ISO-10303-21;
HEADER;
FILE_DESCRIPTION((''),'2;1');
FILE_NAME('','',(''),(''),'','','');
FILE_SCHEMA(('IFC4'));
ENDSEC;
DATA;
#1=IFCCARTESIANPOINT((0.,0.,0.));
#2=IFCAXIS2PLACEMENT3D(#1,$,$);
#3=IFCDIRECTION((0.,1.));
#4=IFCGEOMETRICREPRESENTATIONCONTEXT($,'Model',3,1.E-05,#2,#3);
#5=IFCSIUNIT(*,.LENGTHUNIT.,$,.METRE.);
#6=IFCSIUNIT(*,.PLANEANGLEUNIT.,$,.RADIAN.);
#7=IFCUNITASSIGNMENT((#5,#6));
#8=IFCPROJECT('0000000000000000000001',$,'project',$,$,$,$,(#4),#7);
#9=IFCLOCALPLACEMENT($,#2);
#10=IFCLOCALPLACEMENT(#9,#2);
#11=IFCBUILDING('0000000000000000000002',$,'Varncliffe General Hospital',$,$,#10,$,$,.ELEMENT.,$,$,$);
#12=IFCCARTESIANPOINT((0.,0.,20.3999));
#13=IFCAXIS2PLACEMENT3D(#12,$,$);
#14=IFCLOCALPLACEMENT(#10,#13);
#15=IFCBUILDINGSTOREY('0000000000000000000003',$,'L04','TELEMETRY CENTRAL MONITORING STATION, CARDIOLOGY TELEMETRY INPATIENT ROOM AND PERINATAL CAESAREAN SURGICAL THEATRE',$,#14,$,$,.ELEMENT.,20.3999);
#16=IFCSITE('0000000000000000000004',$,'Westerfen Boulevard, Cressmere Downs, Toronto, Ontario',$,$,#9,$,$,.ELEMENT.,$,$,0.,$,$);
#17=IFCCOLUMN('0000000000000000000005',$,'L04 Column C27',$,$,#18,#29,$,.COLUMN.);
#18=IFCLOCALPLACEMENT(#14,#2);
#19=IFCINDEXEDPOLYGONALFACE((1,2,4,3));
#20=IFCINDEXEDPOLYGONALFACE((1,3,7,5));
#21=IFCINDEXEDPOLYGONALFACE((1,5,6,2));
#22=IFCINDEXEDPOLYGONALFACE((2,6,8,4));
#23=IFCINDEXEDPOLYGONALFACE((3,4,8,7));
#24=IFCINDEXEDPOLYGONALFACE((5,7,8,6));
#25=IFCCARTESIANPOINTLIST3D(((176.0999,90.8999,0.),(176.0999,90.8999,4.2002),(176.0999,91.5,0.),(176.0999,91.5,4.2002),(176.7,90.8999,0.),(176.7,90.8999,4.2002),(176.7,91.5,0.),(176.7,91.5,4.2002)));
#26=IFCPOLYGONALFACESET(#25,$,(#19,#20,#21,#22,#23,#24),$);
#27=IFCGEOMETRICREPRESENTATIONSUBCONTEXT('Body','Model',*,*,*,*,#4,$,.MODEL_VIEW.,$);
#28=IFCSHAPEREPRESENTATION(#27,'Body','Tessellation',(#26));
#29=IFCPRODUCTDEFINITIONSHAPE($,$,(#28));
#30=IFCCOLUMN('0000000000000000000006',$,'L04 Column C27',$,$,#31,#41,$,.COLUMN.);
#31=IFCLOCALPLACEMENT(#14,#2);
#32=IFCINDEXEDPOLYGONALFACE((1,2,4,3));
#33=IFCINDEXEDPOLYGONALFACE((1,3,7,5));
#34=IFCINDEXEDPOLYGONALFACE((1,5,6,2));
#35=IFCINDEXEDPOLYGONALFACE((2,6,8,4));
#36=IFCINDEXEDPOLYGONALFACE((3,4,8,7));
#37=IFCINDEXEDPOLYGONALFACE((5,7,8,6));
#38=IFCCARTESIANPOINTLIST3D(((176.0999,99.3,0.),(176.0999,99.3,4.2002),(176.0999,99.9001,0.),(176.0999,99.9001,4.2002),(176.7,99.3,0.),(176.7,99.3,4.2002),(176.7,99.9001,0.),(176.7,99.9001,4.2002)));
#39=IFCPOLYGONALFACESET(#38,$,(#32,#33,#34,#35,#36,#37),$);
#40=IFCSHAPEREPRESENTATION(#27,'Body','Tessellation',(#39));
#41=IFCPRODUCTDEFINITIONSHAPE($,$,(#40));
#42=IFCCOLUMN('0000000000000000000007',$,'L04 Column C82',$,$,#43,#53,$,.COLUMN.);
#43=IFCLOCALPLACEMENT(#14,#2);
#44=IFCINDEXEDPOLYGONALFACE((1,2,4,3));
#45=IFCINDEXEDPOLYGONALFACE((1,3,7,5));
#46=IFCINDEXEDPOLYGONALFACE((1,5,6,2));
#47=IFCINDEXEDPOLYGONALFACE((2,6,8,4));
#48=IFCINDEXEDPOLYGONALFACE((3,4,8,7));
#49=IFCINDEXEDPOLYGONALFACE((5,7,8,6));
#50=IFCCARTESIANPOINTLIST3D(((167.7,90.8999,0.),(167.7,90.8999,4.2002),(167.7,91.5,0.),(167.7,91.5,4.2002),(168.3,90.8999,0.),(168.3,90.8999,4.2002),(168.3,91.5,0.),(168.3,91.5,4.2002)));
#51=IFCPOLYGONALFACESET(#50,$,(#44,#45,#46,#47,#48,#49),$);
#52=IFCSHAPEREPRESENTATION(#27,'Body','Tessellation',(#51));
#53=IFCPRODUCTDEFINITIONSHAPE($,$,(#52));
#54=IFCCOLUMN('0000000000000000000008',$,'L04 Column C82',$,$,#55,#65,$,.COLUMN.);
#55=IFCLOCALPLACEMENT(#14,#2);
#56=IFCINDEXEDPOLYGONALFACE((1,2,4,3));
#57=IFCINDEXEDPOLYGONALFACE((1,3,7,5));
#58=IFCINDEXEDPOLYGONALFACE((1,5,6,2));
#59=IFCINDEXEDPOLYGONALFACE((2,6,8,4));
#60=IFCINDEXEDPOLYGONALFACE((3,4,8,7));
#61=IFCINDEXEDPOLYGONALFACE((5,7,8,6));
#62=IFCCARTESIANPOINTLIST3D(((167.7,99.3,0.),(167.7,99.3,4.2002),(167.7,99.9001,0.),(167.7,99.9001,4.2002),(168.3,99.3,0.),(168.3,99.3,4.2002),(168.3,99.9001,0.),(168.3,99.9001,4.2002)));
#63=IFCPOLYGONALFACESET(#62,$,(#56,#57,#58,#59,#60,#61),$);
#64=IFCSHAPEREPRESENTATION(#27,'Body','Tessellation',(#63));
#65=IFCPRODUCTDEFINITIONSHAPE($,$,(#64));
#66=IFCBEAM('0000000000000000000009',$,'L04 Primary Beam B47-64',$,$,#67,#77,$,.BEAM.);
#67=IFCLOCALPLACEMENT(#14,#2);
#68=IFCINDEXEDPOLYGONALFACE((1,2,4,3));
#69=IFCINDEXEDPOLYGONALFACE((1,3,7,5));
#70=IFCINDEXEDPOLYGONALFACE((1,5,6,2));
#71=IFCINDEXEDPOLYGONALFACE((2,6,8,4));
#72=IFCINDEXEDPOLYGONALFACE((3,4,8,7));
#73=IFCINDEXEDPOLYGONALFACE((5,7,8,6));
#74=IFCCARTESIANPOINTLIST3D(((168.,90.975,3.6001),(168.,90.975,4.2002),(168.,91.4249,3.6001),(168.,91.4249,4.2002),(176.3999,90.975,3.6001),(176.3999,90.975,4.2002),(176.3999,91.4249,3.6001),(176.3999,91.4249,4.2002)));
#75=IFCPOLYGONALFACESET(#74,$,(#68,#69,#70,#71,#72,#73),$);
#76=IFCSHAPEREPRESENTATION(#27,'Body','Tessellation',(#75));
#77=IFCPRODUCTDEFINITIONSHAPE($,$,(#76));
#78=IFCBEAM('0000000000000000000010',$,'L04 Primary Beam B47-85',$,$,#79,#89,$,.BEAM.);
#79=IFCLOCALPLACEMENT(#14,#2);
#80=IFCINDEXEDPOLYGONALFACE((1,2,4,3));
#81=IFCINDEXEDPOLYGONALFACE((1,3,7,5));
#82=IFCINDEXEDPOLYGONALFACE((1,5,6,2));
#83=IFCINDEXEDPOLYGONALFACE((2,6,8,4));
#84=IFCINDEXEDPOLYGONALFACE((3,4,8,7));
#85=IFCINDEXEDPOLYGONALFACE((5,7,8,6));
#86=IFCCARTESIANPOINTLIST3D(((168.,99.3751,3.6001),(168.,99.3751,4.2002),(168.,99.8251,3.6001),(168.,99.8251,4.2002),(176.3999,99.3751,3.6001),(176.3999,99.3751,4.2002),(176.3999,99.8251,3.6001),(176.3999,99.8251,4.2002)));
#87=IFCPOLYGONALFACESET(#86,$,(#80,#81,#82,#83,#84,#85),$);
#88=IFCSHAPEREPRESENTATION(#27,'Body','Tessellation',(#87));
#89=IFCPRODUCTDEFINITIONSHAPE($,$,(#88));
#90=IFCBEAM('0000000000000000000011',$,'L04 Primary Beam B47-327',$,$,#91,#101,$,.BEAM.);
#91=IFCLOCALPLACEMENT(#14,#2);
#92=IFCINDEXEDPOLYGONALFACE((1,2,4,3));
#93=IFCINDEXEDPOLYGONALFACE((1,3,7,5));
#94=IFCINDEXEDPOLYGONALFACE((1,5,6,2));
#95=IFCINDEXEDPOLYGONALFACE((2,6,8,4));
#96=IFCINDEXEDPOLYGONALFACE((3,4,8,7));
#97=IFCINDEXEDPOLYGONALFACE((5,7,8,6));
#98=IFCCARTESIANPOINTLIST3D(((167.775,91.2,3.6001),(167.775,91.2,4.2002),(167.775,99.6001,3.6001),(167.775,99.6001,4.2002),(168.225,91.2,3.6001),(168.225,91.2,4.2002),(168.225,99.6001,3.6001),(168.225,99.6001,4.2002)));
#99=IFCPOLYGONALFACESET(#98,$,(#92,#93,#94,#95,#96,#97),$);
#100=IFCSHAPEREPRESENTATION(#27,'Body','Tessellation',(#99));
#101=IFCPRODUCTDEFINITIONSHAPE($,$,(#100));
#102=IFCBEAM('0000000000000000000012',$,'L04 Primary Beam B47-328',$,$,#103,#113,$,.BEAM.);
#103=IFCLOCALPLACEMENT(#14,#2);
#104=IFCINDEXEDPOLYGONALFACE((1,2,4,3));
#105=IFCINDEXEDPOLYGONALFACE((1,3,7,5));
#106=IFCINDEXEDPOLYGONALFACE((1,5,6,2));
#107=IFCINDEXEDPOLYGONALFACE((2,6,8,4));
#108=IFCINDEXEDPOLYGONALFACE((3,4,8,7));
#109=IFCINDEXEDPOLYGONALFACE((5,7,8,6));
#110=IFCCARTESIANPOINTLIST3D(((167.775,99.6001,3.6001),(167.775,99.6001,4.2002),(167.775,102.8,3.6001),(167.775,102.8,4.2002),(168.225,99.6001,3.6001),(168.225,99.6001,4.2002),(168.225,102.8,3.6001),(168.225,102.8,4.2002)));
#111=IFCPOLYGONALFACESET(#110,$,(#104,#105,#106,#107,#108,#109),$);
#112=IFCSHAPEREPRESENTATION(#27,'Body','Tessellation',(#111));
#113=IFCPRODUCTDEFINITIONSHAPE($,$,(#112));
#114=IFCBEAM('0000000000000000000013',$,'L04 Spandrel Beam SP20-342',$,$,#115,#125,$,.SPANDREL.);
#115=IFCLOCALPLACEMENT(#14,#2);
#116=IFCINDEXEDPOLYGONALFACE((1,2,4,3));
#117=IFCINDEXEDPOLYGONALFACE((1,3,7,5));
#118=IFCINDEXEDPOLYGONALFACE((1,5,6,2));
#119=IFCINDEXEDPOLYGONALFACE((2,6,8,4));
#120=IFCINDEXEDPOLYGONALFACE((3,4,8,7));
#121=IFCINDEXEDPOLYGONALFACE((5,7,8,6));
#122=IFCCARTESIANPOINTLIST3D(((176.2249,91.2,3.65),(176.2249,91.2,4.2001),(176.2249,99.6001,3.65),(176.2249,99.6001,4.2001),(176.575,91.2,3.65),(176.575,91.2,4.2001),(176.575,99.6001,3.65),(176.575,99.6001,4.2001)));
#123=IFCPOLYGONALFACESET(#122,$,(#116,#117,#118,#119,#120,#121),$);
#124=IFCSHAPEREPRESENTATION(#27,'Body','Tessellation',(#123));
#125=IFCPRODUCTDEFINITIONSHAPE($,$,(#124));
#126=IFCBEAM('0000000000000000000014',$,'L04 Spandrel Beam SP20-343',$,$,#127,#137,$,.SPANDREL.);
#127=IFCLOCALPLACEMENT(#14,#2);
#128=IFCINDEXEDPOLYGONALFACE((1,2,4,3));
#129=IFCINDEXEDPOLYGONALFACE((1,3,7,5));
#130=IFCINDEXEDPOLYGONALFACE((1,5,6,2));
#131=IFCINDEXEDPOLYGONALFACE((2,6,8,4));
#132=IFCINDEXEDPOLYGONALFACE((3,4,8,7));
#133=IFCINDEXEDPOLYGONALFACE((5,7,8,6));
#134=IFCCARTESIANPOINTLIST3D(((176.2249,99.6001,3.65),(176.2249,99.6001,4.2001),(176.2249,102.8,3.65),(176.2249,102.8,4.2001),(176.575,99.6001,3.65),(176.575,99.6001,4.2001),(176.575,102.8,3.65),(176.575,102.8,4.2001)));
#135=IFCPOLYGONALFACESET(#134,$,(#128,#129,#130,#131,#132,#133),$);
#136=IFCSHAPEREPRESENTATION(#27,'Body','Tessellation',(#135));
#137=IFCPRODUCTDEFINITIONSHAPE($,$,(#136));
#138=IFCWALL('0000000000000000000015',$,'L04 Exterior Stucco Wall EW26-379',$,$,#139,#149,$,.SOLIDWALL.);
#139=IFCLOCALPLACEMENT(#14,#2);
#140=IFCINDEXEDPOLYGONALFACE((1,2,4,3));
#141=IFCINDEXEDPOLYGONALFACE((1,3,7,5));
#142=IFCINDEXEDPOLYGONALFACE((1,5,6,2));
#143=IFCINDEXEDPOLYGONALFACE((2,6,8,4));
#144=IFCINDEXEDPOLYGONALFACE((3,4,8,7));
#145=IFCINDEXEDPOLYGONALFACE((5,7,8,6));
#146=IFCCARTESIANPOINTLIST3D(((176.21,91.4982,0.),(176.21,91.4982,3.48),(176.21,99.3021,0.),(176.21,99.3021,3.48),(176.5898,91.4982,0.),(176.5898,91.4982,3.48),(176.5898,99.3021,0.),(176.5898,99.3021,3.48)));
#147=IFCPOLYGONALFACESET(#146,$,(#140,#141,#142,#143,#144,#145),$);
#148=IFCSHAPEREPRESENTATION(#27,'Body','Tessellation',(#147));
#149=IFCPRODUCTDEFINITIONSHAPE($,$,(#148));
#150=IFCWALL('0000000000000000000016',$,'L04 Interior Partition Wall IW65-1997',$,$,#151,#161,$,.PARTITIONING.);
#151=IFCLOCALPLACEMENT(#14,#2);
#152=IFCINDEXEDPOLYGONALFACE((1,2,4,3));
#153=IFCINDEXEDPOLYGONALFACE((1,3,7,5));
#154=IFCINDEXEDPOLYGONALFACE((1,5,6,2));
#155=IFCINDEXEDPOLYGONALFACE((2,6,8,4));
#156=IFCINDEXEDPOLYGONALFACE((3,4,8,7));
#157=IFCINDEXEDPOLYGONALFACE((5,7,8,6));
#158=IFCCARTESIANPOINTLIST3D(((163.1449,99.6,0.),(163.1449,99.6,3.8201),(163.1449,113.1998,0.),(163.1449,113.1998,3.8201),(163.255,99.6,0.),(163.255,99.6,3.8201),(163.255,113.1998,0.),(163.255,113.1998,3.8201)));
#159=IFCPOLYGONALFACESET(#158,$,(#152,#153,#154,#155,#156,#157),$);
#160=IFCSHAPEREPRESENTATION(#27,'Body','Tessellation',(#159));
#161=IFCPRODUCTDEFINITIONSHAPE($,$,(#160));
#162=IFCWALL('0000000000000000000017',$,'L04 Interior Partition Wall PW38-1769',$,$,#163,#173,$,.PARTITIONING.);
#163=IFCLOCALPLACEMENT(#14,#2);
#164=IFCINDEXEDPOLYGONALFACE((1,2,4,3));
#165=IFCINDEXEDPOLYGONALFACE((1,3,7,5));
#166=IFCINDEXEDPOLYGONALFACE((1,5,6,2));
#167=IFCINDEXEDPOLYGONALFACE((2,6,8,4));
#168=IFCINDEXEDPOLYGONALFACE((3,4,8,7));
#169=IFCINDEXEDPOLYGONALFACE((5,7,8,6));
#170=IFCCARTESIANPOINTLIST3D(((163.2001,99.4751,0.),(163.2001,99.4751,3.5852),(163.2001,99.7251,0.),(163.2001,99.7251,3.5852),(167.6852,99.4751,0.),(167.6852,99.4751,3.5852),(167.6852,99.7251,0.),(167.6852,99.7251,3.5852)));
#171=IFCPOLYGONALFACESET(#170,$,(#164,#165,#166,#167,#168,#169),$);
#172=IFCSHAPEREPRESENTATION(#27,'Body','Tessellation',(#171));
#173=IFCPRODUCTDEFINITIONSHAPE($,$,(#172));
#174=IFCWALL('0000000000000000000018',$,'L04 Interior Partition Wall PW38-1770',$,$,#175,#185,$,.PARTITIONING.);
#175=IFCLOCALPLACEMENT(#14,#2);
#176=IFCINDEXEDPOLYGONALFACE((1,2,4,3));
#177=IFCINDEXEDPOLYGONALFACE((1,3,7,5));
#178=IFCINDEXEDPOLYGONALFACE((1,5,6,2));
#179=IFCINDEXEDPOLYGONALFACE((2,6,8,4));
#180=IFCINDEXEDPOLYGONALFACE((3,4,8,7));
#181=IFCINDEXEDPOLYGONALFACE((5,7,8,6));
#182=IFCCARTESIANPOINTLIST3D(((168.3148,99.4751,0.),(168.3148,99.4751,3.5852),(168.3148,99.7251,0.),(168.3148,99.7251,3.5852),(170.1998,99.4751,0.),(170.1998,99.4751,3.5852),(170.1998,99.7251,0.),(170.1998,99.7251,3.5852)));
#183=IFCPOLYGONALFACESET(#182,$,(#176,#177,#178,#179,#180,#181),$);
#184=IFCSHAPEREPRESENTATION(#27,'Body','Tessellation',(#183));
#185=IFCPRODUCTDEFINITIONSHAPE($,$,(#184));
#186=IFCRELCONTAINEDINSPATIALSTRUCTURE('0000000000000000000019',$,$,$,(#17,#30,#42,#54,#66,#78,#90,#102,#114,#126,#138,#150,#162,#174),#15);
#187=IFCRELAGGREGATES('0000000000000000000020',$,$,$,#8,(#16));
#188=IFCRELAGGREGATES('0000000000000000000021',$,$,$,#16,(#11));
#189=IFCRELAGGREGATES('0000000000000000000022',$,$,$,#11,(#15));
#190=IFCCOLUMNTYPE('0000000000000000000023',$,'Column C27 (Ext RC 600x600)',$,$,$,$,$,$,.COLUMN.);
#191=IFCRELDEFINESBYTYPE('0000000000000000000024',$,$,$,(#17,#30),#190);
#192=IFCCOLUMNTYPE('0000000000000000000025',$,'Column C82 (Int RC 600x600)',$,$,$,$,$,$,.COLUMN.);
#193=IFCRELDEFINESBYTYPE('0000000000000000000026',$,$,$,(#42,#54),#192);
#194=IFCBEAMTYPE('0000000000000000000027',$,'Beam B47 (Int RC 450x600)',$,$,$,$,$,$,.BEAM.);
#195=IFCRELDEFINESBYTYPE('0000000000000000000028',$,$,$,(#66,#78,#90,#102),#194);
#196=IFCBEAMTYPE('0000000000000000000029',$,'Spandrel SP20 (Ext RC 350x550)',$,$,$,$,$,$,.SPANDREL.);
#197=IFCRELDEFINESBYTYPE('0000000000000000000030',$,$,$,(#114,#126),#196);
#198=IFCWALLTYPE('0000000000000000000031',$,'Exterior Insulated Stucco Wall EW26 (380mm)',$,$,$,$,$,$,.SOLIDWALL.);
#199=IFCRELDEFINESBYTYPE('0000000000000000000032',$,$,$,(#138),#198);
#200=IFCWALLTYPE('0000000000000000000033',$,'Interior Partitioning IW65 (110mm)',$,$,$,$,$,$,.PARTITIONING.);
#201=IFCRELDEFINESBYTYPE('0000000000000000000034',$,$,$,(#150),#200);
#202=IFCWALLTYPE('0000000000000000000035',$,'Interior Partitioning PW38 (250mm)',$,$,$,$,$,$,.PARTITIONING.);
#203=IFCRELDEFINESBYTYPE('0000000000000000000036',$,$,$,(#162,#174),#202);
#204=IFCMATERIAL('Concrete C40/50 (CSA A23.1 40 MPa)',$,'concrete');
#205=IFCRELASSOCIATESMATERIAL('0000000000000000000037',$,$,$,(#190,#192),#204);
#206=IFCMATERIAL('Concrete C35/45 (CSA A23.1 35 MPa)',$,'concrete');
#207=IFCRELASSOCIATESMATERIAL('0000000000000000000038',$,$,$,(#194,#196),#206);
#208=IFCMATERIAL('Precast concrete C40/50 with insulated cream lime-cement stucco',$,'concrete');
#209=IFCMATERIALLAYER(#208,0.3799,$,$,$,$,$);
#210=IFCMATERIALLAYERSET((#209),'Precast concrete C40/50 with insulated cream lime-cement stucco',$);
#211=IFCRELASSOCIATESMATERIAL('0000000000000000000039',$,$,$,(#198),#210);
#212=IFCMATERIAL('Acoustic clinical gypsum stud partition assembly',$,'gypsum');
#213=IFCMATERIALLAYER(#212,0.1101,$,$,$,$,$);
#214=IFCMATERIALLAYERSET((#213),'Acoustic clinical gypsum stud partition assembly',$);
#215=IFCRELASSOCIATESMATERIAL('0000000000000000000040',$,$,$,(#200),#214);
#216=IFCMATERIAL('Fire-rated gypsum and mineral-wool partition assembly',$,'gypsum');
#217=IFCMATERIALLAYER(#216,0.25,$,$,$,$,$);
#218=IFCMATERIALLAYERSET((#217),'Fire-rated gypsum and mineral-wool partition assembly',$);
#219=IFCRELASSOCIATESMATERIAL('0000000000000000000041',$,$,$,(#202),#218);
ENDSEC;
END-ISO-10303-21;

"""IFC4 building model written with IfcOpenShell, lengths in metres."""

from ifc_helpers import new_model, si_unit, direction, frame, frame_2d, origin, origin_2d, place, context, subcontext, project, spatial, rectangle, extrude, material, layer, layer_set, material_profile, profile_set, type_object, element, save


model = new_model("IFC4")

# Units and contexts
model_context = context("Model", 3, precision=1e-05, world=origin(), true_north=direction((0.0, 1.0)))
body_context = subcontext(model_context, "Body", "Model", "MODEL_VIEW")
ifc_project = project(units=[si_unit("LENGTHUNIT", "METRE"), si_unit("PLANEANGLEUNIT", "RADIAN")], contexts=[model_context])

# Site, building, storey
site_placement = place(None, origin())
site = spatial("IfcSite", under=ifc_project, at=site_placement, Name="Westerfen Boulevard, Cressmere Downs, Toronto, Ontario", CompositionType="ELEMENT", RefElevation=0.0)
building_placement = place(site_placement, origin())
building = spatial("IfcBuilding", under=site, at=building_placement, Name="Varncliffe General Hospital", CompositionType="ELEMENT")
storey_placement = place(building_placement, frame((0.0, 0.0, 20.3999)))
storey = spatial("IfcBuildingStorey", under=building, at=storey_placement, Name="L04", Description="TELEMETRY CENTRAL MONITORING STATION, CARDIOLOGY TELEMETRY INPATIENT ROOM AND PERINATAL CAESAREAN SURGICAL THEATRE", CompositionType="ELEMENT", Elevation=20.3999)

# Columns
ifc_material_1 = material(Name="Concrete C40/50 (CSA A23.1 40 MPa)", Category="concrete")
ifc_material_profile_1 = material_profile(ifc_material_1, rectangle(XDim=0.6001, YDim=0.6001, at=origin_2d()), Name="RC 600x600")
ifc_profile_set_1 = profile_set([ifc_material_profile_1], Name="Concrete C40/50 (CSA A23.1 40 MPa)")
column_type_1 = type_object("IfcColumnType", Name="Column C27 (Ext RC 600x600)", PredefinedType="COLUMN", material=ifc_profile_set_1)
for number, where, z_axis, x_axis, name in (
    (1, (176.3999, 91.2, 0.0), (0.0, 0.0, 1.0), (1.0, 0.0, 0.0), "L04 Column C27"),
    (2, (176.3999, 99.6001, 0.0), (0.0, 0.0, 1.0), (1.0, 0.0, 0.0), "L04 Column C27"),
):
    element("IfcColumn", number, at=place(storey_placement, frame(where, z_axis=z_axis, x_axis=x_axis)), inside=storey, type_object=column_type_1, Name=name, PredefinedType="COLUMN", context=body_context, shape_type="SweptSolid", body=[
        extrude(rectangle(XDim=0.6001, YDim=0.6001, at=origin_2d()), origin(), (0.0, 0.0, 1.0), 4.2002),
    ])
ifc_material_profile_2 = material_profile(ifc_material_1, rectangle(XDim=0.6001, YDim=0.6001, at=origin_2d()), Name="RC 600x600")
ifc_profile_set_2 = profile_set([ifc_material_profile_2], Name="Concrete C40/50 (CSA A23.1 40 MPa)")
column_type_2 = type_object("IfcColumnType", Name="Column C82 (Int RC 600x600)", PredefinedType="COLUMN", material=ifc_profile_set_2)
for number, where, z_axis, x_axis, name in (
    (3, (168.0, 91.2, 0.0), (0.0, 0.0, 1.0), (1.0, 0.0, 0.0), "L04 Column C82"),
    (4, (168.0, 99.6001, 0.0), (0.0, 0.0, 1.0), (1.0, 0.0, 0.0), "L04 Column C82"),
):
    element("IfcColumn", number, at=place(storey_placement, frame(where, z_axis=z_axis, x_axis=x_axis)), inside=storey, type_object=column_type_2, Name=name, PredefinedType="COLUMN", context=body_context, shape_type="SweptSolid", body=[
        extrude(rectangle(XDim=0.6001, YDim=0.6001, at=origin_2d()), origin(), (0.0, 0.0, 1.0), 4.2002),
    ])

# Beams
ifc_material_2 = material(Name="Concrete C35/45 (CSA A23.1 35 MPa)", Category="concrete")
ifc_material_profile_3 = material_profile(ifc_material_2, rectangle(XDim=0.45, YDim=0.6001, at=origin_2d()), Name="RC 450x600")
ifc_profile_set_3 = profile_set([ifc_material_profile_3], Name="Concrete C35/45 (CSA A23.1 35 MPa)")
beam_type_1 = type_object("IfcBeamType", Name="Beam B47 (Int RC 450x600)", PredefinedType="BEAM", material=ifc_profile_set_3)
for number, where, z_axis, x_axis, name in (
    (5, (168.0, 91.2, 3.9001), (1.0, 0.0, 0.0), (0.0, 1.0, 0.0), "L04 Primary Beam B47-64"),
    (6, (168.0, 99.6001, 3.9001), (1.0, 0.0, 0.0), (0.0, 1.0, 0.0), "L04 Primary Beam B47-85"),
):
    element("IfcBeam", number, at=place(storey_placement, frame(where, z_axis=z_axis, x_axis=x_axis)), inside=storey, type_object=beam_type_1, Name=name, PredefinedType="BEAM", context=body_context, shape_type="SweptSolid", body=[
        extrude(rectangle(XDim=0.45, YDim=0.6001, at=origin_2d()), origin(), (0.0, 0.0, 1.0), 8.3999),
    ])
beam_1_placement = place(storey_placement, frame((168.0, 91.2, 3.9001), z_axis=(0.0, 1.0, 0.0), x_axis=(-1.0, 0.0, 0.0)))
element("IfcBeam", 7, at=beam_1_placement, inside=storey, type_object=beam_type_1, Name="L04 Primary Beam B47-327", PredefinedType="BEAM", context=body_context, shape_type="SweptSolid", body=[
    extrude(rectangle(XDim=0.45, YDim=0.6001, at=origin_2d()), origin(), (0.0, 0.0, 1.0), 8.4001),
])
beam_2_placement = place(storey_placement, frame((168.0, 99.6001, 3.9001), z_axis=(0.0, 1.0, 0.0), x_axis=(-1.0, 0.0, 0.0)))
element("IfcBeam", 8, at=beam_2_placement, inside=storey, type_object=beam_type_1, Name="L04 Primary Beam B47-328", PredefinedType="BEAM", context=body_context, shape_type="SweptSolid", body=[
    extrude(rectangle(XDim=0.45, YDim=0.6001, at=origin_2d()), origin(), (0.0, 0.0, 1.0), 3.2),
])
ifc_material_profile_4 = material_profile(ifc_material_2, rectangle(XDim=0.3501, YDim=0.55, at=origin_2d()), Name="RC 350x550")
ifc_profile_set_4 = profile_set([ifc_material_profile_4], Name="Concrete C35/45 (CSA A23.1 35 MPa)")
beam_type_2 = type_object("IfcBeamType", Name="Spandrel SP20 (Ext RC 350x550)", PredefinedType="SPANDREL", material=ifc_profile_set_4)
beam_3_placement = place(storey_placement, frame((176.3999, 91.2, 3.925), z_axis=(0.0, 1.0, 0.0), x_axis=(-1.0, 0.0, 0.0)))
element("IfcBeam", 9, at=beam_3_placement, inside=storey, type_object=beam_type_2, Name="L04 Spandrel Beam SP20-342", PredefinedType="SPANDREL", context=body_context, shape_type="SweptSolid", body=[
    extrude(rectangle(XDim=0.3501, YDim=0.55, at=origin_2d()), origin(), (0.0, 0.0, 1.0), 8.4001),
])
beam_4_placement = place(storey_placement, frame((176.3999, 99.6001, 3.925), z_axis=(0.0, 1.0, 0.0), x_axis=(-1.0, 0.0, 0.0)))
element("IfcBeam", 10, at=beam_4_placement, inside=storey, type_object=beam_type_2, Name="L04 Spandrel Beam SP20-343", PredefinedType="SPANDREL", context=body_context, shape_type="SweptSolid", body=[
    extrude(rectangle(XDim=0.3501, YDim=0.55, at=origin_2d()), origin(), (0.0, 0.0, 1.0), 3.2),
])

# Walls
ifc_material_3 = material(Name="Precast concrete C40/50 with insulated cream lime-cement stucco", Category="concrete")
ifc_layer_1 = layer(ifc_material_3, 0.3799)
ifc_layer_set_1 = layer_set([ifc_layer_1], Name="Precast concrete C40/50 with insulated cream lime-cement stucco")
wall_type_1 = type_object("IfcWallType", Name="Exterior Insulated Stucco Wall EW26 (380mm)", PredefinedType="SOLIDWALL", material=ifc_layer_set_1)
wall_1_placement = place(storey_placement, frame((176.3999, 99.302, 0.0), z_axis=(0.0, 0.0, 1.0), x_axis=(0.0, -1.0, 0.0)))
element("IfcWall", 11, at=wall_1_placement, inside=storey, type_object=wall_type_1, Name="L04 Exterior Stucco Wall EW26-379", PredefinedType="SOLIDWALL", context=body_context, shape_type="SweptSolid", body=[
    extrude(rectangle(XDim=7.804, YDim=0.3799, at=frame_2d((3.9019, 0.0))), origin(), (0.0, 0.0, 1.0), 3.48),
])
ifc_material_4 = material(Name="Acoustic clinical gypsum stud partition assembly", Category="gypsum")
ifc_layer_2 = layer(ifc_material_4, 0.1101)
ifc_layer_set_2 = layer_set([ifc_layer_2], Name="Acoustic clinical gypsum stud partition assembly")
wall_type_2 = type_object("IfcWallType", Name="Interior Partitioning IW65 (110mm)", PredefinedType="PARTITIONING", material=ifc_layer_set_2)
wall_2_placement = place(storey_placement, frame((163.2, 99.6001, 0.0), z_axis=(0.0, 0.0, 1.0), x_axis=(0.0, 1.0, 0.0)))
element("IfcWall", 12, at=wall_2_placement, inside=storey, type_object=wall_type_2, Name="L04 Interior Partition Wall IW65-1997", PredefinedType="PARTITIONING", context=body_context, shape_type="SweptSolid", body=[
    extrude(rectangle(XDim=13.5999, YDim=0.1101, at=frame_2d((6.7998, 0.0))), origin(), (0.0, 0.0, 1.0), 3.8201),
])
ifc_material_5 = material(Name="Fire-rated gypsum and mineral-wool partition assembly", Category="gypsum")
ifc_layer_3 = layer(ifc_material_5, 0.25)
ifc_layer_set_3 = layer_set([ifc_layer_3], Name="Fire-rated gypsum and mineral-wool partition assembly")
wall_type_3 = type_object("IfcWallType", Name="Interior Partitioning PW38 (250mm)", PredefinedType="PARTITIONING", material=ifc_layer_set_3)
wall_3_placement = place(storey_placement, frame((163.2, 99.6001, 0.0), z_axis=(0.0, 0.0, 1.0), x_axis=(1.0, 0.0, 0.0)))
element("IfcWall", 13, at=wall_3_placement, inside=storey, type_object=wall_type_3, Name="L04 Interior Partition Wall PW38-1769", PredefinedType="PARTITIONING", context=body_context, shape_type="SweptSolid", body=[
    extrude(rectangle(XDim=4.4851, YDim=0.25, at=frame_2d((2.2427, 0.0))), origin(), (0.0, 0.0, 1.0), 3.5852),
])
wall_4_placement = place(storey_placement, frame((168.3149, 99.6001, 0.0), z_axis=(0.0, 0.0, 1.0), x_axis=(1.0, 0.0, 0.0)))
element("IfcWall", 14, at=wall_4_placement, inside=storey, type_object=wall_type_3, Name="L04 Interior Partition Wall PW38-1770", PredefinedType="PARTITIONING", context=body_context, shape_type="SweptSolid", body=[
    extrude(rectangle(XDim=1.885, YDim=0.25, at=frame_2d((0.9424, 0.0))), origin(), (0.0, 0.0, 1.0), 3.5852),
])

save(model, "model.ifc")
